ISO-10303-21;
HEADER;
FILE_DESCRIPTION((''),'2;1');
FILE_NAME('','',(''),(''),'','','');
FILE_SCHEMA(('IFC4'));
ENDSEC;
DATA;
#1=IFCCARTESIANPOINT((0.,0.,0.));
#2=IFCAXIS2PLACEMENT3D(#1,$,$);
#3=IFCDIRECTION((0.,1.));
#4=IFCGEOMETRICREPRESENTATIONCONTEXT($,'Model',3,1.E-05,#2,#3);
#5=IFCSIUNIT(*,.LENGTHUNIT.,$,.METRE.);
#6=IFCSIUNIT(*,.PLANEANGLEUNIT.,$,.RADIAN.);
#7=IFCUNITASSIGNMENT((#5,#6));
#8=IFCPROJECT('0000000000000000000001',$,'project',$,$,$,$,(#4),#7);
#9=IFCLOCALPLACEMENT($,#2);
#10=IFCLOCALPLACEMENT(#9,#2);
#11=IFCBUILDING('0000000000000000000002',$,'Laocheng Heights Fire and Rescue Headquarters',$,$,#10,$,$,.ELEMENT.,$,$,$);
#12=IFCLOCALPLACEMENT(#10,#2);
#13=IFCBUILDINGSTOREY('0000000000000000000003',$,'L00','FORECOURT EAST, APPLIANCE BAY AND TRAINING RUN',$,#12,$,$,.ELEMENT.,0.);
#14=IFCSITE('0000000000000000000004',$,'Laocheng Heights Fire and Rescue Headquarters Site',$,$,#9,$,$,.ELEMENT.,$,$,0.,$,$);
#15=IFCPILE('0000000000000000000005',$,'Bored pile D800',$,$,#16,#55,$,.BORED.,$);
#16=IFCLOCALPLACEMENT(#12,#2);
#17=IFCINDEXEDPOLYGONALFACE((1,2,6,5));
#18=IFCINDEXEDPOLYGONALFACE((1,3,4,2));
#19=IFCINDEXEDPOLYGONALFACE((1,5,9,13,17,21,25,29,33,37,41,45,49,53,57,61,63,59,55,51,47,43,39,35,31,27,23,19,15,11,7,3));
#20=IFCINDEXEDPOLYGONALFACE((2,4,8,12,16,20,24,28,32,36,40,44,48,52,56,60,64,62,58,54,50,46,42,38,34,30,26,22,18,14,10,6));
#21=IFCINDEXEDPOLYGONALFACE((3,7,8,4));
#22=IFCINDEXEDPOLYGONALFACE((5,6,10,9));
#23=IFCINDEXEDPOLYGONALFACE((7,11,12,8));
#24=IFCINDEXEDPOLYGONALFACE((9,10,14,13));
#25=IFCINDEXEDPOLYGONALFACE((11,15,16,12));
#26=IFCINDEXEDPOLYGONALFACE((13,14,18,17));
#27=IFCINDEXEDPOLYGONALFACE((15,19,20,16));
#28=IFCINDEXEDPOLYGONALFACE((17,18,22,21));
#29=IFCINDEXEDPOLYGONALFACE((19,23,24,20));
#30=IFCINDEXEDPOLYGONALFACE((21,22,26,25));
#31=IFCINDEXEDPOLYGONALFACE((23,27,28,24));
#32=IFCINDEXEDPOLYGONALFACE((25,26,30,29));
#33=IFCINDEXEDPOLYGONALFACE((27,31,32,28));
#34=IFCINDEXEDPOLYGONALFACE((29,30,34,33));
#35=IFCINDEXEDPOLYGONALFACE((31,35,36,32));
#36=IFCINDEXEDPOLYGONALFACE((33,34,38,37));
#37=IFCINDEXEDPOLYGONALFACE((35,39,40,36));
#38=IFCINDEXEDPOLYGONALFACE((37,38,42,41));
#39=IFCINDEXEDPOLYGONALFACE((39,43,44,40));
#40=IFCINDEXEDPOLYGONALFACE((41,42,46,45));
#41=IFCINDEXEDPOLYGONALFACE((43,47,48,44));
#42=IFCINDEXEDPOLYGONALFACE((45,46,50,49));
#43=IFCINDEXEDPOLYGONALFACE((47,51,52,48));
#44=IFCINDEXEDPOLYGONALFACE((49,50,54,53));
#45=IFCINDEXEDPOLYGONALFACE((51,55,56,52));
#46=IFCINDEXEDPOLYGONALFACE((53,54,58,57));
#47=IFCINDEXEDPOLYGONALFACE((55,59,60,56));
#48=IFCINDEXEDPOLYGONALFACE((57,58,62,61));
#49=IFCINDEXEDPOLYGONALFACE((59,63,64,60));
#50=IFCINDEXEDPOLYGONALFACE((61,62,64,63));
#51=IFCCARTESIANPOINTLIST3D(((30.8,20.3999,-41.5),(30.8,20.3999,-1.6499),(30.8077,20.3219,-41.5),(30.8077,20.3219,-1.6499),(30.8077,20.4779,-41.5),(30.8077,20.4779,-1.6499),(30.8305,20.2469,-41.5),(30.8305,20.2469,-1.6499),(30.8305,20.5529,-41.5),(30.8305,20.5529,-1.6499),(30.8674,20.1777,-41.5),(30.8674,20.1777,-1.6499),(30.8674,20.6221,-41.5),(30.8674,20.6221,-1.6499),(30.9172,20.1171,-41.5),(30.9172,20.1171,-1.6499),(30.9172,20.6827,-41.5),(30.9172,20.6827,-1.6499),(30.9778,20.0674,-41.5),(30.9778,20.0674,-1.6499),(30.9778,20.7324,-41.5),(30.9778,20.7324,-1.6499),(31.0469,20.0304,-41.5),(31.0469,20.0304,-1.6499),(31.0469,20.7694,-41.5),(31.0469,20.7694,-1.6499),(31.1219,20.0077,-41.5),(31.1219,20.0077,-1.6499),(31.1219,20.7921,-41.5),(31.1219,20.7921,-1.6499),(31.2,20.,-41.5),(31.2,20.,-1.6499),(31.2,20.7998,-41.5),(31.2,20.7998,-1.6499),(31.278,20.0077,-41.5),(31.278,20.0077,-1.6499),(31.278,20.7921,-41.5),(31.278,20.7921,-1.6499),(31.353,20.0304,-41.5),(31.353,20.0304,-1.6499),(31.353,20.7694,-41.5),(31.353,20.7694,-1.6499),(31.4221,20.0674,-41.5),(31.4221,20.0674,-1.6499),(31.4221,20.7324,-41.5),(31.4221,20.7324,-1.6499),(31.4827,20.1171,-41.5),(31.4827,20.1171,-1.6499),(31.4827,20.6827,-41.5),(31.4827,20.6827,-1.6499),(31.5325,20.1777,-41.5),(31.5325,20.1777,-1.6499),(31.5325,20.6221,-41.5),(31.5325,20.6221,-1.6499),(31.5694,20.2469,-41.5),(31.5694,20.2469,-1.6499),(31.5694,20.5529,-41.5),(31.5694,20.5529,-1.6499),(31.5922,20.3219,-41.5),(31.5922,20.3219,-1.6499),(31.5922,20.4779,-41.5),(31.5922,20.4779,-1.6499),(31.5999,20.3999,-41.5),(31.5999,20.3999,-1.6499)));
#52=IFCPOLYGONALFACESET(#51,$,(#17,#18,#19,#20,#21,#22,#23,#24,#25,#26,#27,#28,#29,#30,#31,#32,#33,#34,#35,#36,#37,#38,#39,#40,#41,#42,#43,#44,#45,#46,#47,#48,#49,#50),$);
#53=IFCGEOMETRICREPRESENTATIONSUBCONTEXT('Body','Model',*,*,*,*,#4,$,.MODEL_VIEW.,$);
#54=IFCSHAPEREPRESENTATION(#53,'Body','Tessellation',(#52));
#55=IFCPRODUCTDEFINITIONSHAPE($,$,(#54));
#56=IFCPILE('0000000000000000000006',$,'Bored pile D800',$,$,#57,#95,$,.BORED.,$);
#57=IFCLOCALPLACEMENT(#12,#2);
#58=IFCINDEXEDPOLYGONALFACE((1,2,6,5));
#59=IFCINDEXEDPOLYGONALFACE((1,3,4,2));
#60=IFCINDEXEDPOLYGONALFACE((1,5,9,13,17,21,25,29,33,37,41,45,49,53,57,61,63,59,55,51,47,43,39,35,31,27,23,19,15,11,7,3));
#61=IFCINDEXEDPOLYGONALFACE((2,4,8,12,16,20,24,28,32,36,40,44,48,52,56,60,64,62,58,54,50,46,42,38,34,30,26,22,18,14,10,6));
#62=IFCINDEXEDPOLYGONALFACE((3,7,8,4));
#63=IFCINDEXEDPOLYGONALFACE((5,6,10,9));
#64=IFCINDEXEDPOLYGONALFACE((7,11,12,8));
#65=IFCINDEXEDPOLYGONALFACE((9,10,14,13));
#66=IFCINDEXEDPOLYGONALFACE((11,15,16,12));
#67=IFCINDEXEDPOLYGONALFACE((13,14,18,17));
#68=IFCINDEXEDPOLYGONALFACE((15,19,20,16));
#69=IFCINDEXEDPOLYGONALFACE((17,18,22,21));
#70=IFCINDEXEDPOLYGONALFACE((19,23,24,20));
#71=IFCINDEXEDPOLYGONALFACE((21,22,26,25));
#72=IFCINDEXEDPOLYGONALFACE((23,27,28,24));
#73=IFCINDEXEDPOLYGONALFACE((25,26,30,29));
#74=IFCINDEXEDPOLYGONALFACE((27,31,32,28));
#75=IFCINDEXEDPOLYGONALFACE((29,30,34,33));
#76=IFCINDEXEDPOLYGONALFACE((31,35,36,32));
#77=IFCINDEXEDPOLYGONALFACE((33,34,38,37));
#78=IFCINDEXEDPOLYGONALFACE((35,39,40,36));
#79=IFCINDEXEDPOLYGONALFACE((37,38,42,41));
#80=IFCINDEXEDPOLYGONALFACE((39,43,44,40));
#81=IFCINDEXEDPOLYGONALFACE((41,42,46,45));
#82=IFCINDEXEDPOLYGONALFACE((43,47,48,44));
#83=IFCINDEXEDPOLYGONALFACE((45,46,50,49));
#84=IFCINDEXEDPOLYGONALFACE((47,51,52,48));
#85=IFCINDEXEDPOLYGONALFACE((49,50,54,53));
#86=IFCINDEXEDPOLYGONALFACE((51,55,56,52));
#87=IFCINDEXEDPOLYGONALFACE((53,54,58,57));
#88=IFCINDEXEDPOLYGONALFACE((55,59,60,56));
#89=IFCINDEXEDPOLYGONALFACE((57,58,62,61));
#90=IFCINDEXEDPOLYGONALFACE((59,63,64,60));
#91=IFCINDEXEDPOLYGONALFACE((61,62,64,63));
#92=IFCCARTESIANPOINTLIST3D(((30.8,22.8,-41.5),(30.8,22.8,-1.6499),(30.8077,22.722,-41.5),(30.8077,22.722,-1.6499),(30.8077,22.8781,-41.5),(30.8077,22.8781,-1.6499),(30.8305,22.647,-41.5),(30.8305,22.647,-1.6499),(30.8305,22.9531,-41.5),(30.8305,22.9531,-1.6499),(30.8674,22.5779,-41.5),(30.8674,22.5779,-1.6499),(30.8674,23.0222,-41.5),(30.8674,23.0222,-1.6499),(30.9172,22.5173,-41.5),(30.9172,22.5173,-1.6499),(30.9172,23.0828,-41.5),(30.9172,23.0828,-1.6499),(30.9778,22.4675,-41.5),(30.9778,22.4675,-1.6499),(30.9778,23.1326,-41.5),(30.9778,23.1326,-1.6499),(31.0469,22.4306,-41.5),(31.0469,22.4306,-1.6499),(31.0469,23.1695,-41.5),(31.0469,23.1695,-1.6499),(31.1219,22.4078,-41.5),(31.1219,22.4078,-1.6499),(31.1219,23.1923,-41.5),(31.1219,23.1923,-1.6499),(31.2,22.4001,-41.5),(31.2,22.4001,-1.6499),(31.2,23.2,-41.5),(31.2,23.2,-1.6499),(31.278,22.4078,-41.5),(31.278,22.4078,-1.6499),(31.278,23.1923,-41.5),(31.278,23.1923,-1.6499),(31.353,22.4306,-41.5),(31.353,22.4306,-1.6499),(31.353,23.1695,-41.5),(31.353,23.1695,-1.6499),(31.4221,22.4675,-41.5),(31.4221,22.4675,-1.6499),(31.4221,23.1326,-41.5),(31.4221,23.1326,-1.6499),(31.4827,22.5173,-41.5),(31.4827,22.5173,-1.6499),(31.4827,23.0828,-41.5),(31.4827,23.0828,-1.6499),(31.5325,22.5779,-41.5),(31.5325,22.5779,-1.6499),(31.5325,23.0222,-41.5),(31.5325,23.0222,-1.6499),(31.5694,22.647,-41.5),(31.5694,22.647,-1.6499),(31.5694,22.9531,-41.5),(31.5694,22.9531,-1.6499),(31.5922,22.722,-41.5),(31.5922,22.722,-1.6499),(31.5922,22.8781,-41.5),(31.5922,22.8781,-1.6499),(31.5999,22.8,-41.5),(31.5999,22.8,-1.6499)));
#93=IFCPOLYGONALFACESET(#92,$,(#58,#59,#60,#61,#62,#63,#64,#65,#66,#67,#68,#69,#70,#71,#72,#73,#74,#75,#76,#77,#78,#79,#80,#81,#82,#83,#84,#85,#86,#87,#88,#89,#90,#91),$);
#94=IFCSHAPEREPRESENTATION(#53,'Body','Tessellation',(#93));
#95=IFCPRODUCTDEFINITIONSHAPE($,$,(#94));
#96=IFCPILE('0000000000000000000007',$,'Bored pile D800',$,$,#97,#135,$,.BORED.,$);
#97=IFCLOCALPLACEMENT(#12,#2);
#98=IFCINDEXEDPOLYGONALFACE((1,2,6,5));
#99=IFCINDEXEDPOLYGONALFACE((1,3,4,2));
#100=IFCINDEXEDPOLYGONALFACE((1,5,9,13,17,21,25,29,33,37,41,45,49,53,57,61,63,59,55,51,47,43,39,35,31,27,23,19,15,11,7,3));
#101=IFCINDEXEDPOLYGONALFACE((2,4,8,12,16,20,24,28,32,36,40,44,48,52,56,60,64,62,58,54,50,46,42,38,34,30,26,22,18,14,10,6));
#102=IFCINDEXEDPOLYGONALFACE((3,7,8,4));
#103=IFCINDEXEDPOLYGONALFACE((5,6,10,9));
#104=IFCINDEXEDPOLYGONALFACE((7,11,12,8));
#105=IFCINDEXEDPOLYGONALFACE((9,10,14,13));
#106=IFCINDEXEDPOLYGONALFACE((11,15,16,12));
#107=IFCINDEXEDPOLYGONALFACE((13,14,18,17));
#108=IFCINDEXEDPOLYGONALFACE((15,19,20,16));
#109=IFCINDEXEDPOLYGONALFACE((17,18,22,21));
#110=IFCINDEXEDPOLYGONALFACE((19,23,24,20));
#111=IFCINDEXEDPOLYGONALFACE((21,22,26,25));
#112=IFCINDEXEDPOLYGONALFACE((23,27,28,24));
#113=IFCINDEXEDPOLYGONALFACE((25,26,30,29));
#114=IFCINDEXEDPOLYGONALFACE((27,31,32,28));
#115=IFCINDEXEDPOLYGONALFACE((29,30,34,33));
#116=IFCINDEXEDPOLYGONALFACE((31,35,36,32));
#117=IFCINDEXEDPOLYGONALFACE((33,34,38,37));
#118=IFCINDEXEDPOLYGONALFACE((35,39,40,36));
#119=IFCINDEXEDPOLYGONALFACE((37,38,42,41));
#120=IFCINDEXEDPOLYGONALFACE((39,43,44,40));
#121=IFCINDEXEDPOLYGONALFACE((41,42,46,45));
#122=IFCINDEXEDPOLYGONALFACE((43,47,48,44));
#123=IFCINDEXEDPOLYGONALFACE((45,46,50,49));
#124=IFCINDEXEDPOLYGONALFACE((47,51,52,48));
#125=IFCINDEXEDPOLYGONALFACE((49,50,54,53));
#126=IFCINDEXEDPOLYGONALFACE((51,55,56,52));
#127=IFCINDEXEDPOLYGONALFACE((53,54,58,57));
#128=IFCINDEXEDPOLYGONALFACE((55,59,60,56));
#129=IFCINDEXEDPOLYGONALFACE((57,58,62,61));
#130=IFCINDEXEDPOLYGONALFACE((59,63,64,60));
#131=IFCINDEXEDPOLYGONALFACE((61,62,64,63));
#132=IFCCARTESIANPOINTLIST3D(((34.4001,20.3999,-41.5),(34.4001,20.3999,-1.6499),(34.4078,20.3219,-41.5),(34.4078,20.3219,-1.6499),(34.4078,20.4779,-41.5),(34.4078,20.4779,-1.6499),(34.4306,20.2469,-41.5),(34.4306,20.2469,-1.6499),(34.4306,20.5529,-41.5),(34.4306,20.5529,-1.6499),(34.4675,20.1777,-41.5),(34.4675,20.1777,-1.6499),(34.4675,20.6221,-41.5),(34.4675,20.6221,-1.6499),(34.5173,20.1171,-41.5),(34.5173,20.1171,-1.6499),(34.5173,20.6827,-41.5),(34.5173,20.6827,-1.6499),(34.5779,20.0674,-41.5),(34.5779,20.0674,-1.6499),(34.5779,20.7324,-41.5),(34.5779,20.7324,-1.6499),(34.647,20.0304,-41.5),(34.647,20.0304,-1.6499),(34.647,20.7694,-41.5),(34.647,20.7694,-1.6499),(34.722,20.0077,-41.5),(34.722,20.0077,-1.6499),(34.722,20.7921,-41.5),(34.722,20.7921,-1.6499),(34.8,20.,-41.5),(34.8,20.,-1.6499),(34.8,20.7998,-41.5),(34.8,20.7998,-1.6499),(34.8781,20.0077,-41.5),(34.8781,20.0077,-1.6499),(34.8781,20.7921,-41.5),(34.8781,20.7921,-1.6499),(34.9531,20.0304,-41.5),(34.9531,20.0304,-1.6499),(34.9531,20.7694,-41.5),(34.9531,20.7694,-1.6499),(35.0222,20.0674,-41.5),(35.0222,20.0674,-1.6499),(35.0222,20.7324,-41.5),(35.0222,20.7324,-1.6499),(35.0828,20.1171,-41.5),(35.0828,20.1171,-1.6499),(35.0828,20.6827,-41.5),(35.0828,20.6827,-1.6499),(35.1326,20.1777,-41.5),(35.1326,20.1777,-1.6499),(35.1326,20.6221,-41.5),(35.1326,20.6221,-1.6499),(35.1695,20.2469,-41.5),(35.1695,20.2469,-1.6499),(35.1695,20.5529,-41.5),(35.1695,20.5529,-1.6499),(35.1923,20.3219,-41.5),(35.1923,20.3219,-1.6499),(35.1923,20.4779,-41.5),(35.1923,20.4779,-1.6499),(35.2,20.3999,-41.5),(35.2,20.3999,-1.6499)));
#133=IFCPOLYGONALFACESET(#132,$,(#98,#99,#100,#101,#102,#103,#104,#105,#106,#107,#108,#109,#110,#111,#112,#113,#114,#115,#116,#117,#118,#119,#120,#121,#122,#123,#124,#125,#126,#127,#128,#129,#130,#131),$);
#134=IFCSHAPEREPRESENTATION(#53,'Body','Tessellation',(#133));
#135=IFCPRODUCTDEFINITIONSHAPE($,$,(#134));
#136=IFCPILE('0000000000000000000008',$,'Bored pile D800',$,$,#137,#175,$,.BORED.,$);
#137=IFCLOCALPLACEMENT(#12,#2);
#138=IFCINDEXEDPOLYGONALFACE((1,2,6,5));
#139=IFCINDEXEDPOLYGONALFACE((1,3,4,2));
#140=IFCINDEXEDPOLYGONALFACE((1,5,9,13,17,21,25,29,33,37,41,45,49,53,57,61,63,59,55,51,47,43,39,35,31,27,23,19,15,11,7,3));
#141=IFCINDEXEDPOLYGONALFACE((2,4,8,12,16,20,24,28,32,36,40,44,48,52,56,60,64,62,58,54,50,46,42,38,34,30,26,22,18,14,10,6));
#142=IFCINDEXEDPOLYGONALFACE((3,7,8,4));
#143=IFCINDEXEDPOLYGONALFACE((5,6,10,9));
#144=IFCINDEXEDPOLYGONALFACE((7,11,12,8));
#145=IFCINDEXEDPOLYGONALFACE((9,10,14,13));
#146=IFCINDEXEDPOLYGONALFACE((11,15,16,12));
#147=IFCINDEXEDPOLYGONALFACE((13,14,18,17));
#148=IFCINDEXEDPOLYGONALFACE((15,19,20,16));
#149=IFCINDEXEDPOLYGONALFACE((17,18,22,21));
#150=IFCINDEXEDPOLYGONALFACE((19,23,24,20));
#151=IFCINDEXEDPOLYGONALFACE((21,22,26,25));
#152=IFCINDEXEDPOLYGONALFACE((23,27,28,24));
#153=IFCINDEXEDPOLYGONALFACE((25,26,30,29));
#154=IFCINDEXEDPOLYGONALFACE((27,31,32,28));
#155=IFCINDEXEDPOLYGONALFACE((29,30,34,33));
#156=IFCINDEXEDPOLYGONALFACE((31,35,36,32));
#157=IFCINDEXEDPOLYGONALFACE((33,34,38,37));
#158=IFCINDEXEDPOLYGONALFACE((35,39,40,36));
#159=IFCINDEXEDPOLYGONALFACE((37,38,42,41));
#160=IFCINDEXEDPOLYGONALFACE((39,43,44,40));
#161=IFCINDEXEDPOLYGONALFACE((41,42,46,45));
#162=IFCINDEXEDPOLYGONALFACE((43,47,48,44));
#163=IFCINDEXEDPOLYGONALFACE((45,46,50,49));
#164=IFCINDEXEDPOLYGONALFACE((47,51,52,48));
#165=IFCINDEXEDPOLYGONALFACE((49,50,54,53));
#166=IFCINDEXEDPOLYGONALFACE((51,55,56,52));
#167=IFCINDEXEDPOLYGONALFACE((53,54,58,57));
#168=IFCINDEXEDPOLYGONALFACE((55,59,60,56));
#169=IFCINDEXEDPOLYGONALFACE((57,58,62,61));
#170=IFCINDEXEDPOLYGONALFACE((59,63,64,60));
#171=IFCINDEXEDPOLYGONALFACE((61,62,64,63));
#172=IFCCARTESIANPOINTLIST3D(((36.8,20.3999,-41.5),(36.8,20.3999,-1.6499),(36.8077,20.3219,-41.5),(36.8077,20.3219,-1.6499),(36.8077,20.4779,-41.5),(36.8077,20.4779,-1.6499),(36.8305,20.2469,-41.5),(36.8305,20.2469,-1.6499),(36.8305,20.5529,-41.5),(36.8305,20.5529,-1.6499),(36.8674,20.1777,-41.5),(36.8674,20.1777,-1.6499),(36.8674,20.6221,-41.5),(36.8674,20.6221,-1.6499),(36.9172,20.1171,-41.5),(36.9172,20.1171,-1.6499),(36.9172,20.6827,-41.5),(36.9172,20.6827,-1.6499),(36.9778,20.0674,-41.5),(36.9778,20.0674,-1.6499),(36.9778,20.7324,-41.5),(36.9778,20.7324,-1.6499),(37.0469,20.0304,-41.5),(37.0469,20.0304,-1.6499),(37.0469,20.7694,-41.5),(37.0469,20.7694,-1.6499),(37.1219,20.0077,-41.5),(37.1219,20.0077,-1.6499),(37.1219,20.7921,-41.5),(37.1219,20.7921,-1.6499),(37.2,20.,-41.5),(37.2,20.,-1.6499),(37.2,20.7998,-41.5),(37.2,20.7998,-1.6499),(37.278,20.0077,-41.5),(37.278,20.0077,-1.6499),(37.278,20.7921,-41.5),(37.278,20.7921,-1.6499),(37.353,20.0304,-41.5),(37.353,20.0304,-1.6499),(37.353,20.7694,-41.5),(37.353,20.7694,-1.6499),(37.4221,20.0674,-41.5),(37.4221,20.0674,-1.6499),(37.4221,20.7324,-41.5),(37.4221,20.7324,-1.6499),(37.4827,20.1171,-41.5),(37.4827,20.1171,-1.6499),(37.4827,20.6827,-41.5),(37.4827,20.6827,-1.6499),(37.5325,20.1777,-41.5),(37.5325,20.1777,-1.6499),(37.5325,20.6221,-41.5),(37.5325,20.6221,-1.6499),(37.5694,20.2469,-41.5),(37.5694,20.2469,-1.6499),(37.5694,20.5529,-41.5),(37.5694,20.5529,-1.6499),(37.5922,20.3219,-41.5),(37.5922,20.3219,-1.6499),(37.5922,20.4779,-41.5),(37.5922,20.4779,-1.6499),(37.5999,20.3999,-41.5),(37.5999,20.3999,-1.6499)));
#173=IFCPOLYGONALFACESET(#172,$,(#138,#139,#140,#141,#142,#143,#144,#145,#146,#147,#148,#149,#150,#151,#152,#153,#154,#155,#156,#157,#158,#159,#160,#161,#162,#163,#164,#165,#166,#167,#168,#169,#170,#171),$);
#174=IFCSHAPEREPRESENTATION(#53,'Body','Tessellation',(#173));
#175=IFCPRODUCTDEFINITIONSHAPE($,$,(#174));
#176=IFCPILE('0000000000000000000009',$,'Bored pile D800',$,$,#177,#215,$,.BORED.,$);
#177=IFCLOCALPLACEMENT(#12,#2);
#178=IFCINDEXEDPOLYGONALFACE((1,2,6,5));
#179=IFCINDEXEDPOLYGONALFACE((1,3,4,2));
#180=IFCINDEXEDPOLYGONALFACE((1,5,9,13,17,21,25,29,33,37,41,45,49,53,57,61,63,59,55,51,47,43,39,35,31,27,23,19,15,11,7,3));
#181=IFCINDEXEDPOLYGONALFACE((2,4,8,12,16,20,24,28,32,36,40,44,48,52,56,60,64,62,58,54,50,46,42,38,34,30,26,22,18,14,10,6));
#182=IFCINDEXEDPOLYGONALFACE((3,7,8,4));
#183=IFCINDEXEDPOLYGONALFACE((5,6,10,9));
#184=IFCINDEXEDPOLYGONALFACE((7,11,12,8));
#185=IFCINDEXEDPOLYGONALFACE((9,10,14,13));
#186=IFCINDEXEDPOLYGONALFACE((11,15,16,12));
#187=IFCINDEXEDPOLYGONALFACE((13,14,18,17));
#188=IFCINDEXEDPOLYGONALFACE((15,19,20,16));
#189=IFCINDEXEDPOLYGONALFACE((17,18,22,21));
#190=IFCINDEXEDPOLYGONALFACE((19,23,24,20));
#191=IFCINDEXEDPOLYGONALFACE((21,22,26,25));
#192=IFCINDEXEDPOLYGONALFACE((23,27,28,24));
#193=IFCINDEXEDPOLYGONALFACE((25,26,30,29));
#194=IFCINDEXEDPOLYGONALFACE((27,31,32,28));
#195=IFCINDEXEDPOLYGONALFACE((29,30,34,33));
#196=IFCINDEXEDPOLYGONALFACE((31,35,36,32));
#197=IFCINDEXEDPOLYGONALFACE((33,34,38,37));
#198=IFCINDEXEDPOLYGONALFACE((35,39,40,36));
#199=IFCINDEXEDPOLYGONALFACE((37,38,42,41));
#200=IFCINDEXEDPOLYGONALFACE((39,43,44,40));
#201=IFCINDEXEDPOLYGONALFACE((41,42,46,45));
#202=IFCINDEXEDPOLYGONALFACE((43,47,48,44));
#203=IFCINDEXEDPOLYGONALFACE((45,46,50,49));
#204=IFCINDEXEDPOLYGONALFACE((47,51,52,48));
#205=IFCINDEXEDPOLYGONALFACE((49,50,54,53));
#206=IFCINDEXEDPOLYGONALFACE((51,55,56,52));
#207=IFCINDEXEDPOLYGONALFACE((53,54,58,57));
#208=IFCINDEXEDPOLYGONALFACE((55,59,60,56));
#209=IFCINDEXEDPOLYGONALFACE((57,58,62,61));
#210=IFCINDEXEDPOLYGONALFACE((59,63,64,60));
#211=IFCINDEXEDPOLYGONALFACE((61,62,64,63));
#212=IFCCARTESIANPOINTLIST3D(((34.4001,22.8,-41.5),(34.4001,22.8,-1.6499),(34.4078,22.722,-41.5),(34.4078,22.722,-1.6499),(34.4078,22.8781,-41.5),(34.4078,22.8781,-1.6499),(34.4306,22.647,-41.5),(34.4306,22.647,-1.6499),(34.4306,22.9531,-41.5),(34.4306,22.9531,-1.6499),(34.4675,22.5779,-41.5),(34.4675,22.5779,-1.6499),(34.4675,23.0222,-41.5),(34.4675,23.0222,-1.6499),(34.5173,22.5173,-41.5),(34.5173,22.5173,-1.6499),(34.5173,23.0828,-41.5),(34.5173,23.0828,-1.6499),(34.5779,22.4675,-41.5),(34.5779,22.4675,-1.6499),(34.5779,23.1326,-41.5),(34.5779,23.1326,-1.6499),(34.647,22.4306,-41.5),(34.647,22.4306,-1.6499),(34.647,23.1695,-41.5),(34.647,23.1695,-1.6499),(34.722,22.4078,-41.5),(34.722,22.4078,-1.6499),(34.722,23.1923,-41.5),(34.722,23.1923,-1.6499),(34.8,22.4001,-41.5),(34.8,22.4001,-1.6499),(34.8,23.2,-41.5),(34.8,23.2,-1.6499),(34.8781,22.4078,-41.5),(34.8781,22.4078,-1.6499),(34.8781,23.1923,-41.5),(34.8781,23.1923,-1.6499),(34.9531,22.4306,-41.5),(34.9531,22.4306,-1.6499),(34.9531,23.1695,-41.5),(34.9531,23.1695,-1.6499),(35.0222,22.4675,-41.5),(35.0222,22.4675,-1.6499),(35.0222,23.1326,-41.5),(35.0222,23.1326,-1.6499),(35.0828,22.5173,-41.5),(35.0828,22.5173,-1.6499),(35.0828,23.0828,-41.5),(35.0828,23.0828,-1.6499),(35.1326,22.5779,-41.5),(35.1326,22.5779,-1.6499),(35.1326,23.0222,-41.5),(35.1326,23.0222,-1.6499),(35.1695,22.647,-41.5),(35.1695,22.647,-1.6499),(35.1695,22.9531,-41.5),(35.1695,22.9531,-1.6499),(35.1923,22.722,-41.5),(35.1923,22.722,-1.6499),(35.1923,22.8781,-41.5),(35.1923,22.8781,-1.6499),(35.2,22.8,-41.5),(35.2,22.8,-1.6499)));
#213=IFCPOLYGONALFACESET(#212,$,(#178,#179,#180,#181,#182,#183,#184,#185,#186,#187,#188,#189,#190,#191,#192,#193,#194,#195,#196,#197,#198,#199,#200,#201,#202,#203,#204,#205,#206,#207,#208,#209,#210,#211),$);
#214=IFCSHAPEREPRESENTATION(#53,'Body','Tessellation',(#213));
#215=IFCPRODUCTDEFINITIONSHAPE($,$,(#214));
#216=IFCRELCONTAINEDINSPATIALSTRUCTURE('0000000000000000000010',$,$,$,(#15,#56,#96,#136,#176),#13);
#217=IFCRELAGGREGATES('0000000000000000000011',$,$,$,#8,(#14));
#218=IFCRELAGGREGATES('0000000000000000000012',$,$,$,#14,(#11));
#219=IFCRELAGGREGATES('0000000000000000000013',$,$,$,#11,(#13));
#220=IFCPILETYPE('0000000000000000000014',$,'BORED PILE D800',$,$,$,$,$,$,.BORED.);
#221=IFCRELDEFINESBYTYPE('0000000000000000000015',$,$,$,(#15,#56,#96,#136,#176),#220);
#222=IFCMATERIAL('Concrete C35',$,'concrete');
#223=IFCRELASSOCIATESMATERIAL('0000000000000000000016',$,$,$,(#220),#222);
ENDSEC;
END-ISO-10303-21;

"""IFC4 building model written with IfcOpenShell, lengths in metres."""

from ifc_helpers import new_model, si_unit, direction, frame, origin, origin_2d, place, context, subcontext, project, spatial, circle, extrude, material, material_profile, profile_set, type_object, element, save


model = new_model("IFC4")

# Units and contexts
model_context = context("Model", 3, precision=1e-05, world=origin(), true_north=direction((0.0, 1.0)))
body_context = subcontext(model_context, "Body", "Model", "MODEL_VIEW")
ifc_project = project(units=[si_unit("LENGTHUNIT", "METRE"), si_unit("PLANEANGLEUNIT", "RADIAN")], contexts=[model_context])

# Site, building, storey
site_placement = place(None, origin())
site = spatial("IfcSite", under=ifc_project, at=site_placement, Name="Laocheng Heights Fire and Rescue Headquarters Site", CompositionType="ELEMENT", RefElevation=0.0)
building_placement = place(site_placement, origin())
building = spatial("IfcBuilding", under=site, at=building_placement, Name="Laocheng Heights Fire and Rescue Headquarters", CompositionType="ELEMENT")
storey_placement = place(building_placement, origin())
storey = spatial("IfcBuildingStorey", under=building, at=storey_placement, Name="L00", Description="FORECOURT EAST, APPLIANCE BAY AND TRAINING RUN", CompositionType="ELEMENT", Elevation=0.0)

# Piles
ifc_material_1 = material(Name="Concrete C35", Category="concrete")
ifc_material_profile_1 = material_profile(ifc_material_1, circle(Radius=0.3999, at=origin_2d()), Name="BORED PILE D800")
ifc_profile_set_1 = profile_set([ifc_material_profile_1], Name="Concrete C35")
pile_type = type_object("IfcPileType", Name="BORED PILE D800", PredefinedType="BORED", material=ifc_profile_set_1)
for number, where, z_axis, x_axis, name in (
    (1, (31.2, 20.3999, -1.6499), (0.0, 0.0, -1.0), (1.0, 0.0, 0.0), "Bored pile D800"),
    (2, (31.2, 22.8, -1.6499), (0.0, 0.0, -1.0), (1.0, 0.0, 0.0), "Bored pile D800"),
    (3, (34.8, 20.3999, -1.6499), (0.0, 0.0, -1.0), (1.0, 0.0, 0.0), "Bored pile D800"),
    (4, (37.2, 20.3999, -1.6499), (0.0, 0.0, -1.0), (1.0, 0.0, 0.0), "Bored pile D800"),
    (5, (34.8, 22.8, -1.6499), (0.0, 0.0, -1.0), (1.0, 0.0, 0.0), "Bored pile D800"),
):
    element("IfcPile", number, at=place(storey_placement, frame(where, z_axis=z_axis, x_axis=x_axis)), inside=storey, type_object=pile_type, Name=name, PredefinedType="BORED", context=body_context, shape_type="SweptSolid", body=[
        extrude(circle(Radius=0.3999, at=origin_2d()), origin(), (0.0, 0.0, 1.0), 39.8501),
    ])

save(model, "model.ifc")
